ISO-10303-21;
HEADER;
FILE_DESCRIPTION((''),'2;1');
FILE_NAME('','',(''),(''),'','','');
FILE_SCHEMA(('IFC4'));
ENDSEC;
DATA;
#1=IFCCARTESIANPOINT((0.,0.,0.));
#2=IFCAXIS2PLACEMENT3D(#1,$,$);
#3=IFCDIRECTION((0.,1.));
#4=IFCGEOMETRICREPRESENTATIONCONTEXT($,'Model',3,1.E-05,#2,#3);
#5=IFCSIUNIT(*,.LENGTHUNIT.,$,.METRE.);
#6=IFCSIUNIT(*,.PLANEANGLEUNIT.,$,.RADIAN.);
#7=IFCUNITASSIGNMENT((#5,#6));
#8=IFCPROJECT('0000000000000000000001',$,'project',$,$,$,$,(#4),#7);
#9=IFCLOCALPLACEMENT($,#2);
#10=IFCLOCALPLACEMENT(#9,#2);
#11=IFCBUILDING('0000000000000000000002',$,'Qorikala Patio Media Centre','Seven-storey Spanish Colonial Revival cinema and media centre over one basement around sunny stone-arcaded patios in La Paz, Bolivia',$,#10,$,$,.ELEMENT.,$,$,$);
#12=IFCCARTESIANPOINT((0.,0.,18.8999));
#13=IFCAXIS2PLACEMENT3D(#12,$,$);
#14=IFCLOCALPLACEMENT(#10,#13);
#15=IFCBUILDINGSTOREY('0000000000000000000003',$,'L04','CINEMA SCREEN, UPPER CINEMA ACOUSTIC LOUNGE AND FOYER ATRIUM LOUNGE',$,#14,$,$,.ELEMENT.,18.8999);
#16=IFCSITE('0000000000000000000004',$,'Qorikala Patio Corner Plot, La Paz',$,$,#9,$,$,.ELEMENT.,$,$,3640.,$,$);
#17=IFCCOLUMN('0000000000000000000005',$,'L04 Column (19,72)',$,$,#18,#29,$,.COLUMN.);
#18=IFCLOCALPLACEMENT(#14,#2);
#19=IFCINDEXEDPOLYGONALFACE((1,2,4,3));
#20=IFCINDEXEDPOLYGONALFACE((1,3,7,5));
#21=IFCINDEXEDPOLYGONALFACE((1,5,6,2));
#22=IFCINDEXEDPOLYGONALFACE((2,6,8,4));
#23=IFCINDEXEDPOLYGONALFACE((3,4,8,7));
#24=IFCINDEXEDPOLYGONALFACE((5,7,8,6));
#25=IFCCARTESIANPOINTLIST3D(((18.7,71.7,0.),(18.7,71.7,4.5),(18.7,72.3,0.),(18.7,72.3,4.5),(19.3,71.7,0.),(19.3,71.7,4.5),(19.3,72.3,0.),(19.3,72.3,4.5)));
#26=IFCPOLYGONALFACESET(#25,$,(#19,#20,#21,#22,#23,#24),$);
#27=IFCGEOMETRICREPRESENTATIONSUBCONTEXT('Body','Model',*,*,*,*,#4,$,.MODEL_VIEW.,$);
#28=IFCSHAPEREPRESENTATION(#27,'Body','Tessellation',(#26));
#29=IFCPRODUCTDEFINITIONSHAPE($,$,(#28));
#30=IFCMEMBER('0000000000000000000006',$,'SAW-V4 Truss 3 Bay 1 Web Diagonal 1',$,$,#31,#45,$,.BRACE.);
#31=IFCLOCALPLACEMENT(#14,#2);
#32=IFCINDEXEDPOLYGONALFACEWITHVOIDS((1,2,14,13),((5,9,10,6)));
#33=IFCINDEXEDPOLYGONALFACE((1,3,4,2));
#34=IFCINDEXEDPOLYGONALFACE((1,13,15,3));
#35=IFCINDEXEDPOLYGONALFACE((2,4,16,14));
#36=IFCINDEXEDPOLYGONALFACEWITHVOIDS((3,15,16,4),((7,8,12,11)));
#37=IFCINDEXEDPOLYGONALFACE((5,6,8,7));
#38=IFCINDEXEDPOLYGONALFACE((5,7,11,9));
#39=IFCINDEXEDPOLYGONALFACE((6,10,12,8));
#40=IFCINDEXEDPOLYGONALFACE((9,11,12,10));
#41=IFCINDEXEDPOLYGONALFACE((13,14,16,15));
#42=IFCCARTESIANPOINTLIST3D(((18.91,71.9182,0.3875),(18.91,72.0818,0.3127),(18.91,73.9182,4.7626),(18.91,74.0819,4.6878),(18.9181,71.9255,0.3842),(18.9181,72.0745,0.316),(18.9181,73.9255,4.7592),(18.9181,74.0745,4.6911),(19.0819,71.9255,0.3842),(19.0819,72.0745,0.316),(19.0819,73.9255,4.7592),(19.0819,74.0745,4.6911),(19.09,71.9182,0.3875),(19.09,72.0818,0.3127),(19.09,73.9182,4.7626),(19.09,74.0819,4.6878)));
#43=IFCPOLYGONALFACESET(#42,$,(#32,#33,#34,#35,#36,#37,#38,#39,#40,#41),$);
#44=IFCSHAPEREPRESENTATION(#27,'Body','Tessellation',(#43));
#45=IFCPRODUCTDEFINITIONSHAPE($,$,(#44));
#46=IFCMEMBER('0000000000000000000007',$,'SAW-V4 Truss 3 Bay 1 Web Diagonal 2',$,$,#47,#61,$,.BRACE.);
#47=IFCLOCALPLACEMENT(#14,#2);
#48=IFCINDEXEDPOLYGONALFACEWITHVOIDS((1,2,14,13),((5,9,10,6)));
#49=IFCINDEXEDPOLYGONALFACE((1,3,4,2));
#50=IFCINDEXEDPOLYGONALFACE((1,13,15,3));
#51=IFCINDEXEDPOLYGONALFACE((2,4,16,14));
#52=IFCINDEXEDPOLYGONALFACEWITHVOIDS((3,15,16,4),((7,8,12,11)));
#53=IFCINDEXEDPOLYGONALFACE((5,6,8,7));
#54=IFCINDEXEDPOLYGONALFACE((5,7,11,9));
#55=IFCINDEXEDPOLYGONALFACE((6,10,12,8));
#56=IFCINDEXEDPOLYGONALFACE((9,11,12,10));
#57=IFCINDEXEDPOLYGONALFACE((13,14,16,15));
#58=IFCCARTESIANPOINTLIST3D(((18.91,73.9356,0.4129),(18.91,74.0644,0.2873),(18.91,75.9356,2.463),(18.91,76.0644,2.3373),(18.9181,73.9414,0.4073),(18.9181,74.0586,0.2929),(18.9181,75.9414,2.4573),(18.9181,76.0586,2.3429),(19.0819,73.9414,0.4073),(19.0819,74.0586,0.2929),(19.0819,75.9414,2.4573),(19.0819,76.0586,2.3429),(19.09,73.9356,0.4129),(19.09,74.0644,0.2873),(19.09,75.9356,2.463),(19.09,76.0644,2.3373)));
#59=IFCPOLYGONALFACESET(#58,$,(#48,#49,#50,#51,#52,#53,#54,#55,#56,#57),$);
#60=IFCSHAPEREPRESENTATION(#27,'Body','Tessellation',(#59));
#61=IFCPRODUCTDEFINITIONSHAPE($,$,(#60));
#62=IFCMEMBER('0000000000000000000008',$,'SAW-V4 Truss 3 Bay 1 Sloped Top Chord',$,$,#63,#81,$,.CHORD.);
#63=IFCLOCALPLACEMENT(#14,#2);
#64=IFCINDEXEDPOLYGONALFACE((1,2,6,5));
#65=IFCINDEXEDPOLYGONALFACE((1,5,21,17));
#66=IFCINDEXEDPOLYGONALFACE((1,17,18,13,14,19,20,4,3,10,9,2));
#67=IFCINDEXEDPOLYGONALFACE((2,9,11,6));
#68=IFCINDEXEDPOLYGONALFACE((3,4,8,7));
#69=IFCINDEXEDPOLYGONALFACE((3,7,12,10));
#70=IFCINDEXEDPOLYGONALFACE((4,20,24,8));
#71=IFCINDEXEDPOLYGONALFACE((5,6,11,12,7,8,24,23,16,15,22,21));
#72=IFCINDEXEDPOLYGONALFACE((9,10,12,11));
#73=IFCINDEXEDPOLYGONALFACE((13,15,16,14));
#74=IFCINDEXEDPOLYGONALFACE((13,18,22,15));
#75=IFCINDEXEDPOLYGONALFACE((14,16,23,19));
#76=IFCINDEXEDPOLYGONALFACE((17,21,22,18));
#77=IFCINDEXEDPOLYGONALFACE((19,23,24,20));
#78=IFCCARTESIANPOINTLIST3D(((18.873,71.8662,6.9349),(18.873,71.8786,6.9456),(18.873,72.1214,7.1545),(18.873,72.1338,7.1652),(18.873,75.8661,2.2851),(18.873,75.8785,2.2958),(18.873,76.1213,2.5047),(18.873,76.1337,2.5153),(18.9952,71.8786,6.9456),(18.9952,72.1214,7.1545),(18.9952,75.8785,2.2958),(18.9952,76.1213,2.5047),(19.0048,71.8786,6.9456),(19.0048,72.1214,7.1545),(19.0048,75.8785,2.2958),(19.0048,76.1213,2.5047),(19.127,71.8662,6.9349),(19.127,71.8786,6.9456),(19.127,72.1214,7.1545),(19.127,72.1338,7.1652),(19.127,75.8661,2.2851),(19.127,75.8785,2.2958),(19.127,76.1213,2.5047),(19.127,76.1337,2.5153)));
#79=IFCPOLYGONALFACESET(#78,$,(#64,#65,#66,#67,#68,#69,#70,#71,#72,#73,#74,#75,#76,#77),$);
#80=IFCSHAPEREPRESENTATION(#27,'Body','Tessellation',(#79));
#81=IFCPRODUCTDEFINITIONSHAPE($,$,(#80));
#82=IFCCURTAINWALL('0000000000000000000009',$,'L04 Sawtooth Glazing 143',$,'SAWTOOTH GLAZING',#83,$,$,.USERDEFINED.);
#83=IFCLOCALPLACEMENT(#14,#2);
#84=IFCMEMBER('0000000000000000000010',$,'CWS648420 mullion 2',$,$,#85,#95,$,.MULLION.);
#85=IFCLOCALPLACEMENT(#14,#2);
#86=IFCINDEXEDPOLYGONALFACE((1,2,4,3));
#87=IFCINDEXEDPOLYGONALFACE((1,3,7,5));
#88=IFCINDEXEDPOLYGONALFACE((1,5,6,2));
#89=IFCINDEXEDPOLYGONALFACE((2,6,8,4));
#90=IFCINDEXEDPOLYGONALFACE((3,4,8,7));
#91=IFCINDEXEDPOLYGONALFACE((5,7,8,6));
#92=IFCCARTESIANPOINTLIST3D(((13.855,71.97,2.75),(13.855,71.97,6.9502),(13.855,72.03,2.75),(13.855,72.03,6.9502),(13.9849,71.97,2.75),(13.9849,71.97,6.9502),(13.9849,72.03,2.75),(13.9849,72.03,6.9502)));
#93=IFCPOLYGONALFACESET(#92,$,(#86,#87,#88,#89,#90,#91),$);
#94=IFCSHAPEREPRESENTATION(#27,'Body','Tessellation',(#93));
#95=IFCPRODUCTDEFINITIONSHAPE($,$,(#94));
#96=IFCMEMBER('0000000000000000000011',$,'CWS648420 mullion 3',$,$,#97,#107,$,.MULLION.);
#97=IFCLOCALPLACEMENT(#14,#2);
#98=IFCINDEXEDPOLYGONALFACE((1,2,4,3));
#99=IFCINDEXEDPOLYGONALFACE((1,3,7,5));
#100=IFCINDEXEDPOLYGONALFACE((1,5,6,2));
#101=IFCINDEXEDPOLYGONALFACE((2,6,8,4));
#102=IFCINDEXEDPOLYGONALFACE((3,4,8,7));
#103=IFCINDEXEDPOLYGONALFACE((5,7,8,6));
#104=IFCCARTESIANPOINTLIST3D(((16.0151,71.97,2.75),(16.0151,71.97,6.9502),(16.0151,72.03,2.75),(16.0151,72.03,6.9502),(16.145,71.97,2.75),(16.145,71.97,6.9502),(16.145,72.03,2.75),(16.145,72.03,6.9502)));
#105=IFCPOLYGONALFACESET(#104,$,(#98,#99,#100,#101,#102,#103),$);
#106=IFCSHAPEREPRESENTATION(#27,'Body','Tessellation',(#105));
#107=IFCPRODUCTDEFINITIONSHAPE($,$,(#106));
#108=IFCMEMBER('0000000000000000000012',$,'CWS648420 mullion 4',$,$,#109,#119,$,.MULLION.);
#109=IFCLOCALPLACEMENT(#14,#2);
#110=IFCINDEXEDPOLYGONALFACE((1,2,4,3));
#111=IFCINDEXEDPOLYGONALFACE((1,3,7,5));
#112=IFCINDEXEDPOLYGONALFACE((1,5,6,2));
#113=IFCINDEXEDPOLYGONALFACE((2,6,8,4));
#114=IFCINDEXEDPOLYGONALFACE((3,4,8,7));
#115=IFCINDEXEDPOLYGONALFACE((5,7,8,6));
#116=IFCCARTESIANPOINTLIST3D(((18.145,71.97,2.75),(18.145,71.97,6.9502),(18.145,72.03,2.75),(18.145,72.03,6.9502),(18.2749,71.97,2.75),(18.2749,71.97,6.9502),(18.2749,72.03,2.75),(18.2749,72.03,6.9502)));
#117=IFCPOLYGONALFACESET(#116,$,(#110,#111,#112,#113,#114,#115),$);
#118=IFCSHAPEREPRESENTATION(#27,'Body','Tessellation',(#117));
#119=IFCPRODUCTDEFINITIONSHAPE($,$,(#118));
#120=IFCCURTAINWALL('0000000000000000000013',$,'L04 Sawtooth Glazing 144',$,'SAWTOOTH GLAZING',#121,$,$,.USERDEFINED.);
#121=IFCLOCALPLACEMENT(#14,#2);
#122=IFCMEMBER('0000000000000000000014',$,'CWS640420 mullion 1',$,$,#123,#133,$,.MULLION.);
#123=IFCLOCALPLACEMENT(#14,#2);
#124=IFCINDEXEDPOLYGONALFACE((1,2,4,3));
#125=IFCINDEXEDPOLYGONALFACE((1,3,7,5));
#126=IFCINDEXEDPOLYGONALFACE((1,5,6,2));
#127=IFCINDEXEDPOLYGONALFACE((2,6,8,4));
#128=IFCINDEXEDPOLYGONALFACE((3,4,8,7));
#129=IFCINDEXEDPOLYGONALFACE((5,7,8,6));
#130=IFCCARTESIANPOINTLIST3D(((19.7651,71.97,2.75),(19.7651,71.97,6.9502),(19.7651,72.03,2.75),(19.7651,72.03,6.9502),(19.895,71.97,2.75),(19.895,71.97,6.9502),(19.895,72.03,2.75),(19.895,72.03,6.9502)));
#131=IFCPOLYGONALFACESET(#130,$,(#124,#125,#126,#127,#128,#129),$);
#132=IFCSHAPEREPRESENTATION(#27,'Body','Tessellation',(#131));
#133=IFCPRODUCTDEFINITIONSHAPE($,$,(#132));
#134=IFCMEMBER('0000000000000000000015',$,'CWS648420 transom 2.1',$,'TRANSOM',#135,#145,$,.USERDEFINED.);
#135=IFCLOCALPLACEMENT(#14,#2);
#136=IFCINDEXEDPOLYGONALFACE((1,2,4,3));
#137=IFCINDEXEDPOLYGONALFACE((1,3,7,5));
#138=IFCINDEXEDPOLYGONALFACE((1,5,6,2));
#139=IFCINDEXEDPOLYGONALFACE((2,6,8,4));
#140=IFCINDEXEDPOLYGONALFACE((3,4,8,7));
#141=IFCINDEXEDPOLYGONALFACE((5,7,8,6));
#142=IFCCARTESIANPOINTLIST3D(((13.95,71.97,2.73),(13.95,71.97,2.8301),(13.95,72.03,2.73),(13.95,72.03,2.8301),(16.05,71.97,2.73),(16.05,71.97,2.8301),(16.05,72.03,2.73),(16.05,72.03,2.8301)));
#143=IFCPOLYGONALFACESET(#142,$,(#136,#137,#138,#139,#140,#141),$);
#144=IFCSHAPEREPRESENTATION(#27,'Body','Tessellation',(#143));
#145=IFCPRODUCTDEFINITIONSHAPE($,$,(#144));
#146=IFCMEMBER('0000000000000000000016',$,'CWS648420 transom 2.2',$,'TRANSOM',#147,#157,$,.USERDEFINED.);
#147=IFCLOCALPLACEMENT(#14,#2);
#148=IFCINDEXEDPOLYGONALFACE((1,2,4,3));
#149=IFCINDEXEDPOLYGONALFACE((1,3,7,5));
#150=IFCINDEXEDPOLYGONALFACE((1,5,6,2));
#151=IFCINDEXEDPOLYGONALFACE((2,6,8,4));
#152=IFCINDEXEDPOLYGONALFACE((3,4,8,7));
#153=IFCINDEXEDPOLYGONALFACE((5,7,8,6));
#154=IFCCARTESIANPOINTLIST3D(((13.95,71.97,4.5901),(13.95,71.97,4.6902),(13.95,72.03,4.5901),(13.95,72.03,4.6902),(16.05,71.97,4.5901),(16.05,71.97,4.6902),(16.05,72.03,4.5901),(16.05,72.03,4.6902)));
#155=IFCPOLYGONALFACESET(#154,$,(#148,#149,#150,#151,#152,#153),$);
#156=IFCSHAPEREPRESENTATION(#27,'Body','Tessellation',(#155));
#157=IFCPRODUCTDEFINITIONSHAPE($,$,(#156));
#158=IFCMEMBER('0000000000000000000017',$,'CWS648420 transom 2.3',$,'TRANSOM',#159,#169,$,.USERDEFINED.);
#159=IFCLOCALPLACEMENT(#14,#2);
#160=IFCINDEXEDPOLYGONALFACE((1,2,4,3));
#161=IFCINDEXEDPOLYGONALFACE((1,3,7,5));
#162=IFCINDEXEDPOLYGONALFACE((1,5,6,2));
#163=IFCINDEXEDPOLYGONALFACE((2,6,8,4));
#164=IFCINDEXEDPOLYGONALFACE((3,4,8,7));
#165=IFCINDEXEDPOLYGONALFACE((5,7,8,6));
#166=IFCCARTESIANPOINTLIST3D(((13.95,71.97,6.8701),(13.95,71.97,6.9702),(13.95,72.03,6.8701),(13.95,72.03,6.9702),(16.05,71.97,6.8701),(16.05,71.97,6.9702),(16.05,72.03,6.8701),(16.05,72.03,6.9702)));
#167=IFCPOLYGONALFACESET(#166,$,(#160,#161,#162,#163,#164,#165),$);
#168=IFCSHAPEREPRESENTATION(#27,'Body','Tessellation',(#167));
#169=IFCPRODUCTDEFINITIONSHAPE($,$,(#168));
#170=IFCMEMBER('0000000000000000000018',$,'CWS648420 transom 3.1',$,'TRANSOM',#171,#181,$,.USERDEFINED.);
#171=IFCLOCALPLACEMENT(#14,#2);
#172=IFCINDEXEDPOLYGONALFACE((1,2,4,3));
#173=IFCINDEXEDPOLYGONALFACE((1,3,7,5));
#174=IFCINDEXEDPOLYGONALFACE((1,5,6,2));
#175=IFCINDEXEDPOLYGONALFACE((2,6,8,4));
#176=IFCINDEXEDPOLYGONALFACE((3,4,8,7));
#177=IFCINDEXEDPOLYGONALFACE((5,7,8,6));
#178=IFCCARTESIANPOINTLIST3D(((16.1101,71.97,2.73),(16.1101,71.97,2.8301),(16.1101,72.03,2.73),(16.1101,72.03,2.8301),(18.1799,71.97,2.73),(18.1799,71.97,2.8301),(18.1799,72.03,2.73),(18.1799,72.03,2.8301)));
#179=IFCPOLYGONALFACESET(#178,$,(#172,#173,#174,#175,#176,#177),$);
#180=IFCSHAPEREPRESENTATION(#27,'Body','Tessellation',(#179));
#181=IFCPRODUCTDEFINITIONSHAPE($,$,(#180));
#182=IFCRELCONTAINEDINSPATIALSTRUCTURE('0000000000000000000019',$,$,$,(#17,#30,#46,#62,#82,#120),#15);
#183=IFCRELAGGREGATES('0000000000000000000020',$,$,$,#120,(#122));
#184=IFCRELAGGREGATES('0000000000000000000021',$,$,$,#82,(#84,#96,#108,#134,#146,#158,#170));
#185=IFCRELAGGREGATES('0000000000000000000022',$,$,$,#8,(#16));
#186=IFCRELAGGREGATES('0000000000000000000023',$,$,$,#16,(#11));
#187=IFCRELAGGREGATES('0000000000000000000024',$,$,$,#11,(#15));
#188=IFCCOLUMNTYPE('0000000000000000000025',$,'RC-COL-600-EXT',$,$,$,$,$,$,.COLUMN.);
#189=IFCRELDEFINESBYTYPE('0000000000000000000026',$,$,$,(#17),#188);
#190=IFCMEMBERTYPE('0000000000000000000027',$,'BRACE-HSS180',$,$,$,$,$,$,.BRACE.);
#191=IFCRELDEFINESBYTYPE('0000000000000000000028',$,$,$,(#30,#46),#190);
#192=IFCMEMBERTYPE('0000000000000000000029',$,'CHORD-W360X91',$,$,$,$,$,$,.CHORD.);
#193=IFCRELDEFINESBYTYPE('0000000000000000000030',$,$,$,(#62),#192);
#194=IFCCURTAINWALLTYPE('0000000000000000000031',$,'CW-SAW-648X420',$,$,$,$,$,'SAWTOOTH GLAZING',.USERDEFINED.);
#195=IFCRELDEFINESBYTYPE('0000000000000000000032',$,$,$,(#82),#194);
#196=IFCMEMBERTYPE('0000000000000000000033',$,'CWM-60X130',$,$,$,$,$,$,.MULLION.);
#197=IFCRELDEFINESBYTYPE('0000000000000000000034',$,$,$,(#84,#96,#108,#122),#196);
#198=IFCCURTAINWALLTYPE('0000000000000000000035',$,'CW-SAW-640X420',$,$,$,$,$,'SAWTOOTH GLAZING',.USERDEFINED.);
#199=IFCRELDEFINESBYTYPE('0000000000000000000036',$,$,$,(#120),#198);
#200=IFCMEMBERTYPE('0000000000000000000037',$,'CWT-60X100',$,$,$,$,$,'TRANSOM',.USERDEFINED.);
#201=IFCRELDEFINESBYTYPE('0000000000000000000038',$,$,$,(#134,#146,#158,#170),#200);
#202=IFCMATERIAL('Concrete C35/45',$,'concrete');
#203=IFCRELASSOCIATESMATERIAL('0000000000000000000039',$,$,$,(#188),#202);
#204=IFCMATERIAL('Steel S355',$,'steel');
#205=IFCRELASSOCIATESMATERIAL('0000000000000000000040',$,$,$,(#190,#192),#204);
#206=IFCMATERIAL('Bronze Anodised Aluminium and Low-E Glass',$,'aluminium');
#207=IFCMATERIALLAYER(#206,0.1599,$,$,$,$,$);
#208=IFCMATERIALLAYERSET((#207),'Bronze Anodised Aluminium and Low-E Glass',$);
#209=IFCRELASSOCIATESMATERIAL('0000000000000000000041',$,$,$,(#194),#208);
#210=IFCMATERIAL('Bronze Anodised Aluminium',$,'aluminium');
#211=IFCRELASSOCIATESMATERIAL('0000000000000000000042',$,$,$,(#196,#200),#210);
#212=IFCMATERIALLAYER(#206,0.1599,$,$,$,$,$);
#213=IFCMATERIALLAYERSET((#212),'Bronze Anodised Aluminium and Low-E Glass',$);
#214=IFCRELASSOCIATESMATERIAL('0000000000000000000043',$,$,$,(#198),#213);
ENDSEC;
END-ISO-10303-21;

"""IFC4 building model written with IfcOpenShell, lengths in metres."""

from ifc_helpers import new_model, si_unit, direction, frame, origin, origin_2d, place, context, subcontext, project, spatial, rectangle, hollow_rectangle, i_section, extrude, material, layer, layer_set, material_profile, profile_set, type_object, element, aggregate, save


model = new_model("IFC4")

# Units and contexts
model_context = context("Model", 3, precision=1e-05, world=origin(), true_north=direction((0.0, 1.0)))
body_context = subcontext(model_context, "Body", "Model", "MODEL_VIEW")
ifc_project = project(units=[si_unit("LENGTHUNIT", "METRE"), si_unit("PLANEANGLEUNIT", "RADIAN")], contexts=[model_context])

# Site, building, storey
site_placement = place(None, origin())
site = spatial("IfcSite", under=ifc_project, at=site_placement, Name="Qorikala Patio Corner Plot, La Paz", CompositionType="ELEMENT", RefElevation=3640.0)
building_placement = place(site_placement, origin())
building = spatial("IfcBuilding", under=site, at=building_placement, Name="Qorikala Patio Media Centre", Description="Seven-storey Spanish Colonial Revival cinema and media centre over one basement around sunny stone-arcaded patios in La Paz, Bolivia", CompositionType="ELEMENT")
storey_placement = place(building_placement, frame((0.0, 0.0, 18.8999)))
storey = spatial("IfcBuildingStorey", under=building, at=storey_placement, Name="L04", Description="CINEMA SCREEN, UPPER CINEMA ACOUSTIC LOUNGE AND FOYER ATRIUM LOUNGE", CompositionType="ELEMENT", Elevation=18.8999)

# Column
ifc_material_1 = material(Name="Concrete C35/45", Category="concrete")
ifc_material_profile_1 = material_profile(ifc_material_1, rectangle(XDim=0.6001, YDim=0.6001, at=origin_2d()), Name="RC 600x600")
ifc_profile_set_1 = profile_set([ifc_material_profile_1], Name="Concrete C35/45")
column_type = type_object("IfcColumnType", Name="RC-COL-600-EXT", PredefinedType="COLUMN", material=ifc_profile_set_1)
column_placement = place(storey_placement, frame((19.0, 72.0, 0.0), z_axis=(0.0, 0.0, 1.0), x_axis=(1.0, 0.0, 0.0)))
element("IfcColumn", 1, at=column_placement, inside=storey, type_object=column_type, Name="L04 Column (19,72)", PredefinedType="COLUMN", context=body_context, shape_type="SweptSolid", body=[
    extrude(rectangle(XDim=0.6001, YDim=0.6001, at=origin_2d()), origin(), (0.0, 0.0, 1.0), 4.5),
])

# Members
ifc_material_2 = material(Name="Steel S355", Category="steel")
ifc_material_profile_2 = material_profile(ifc_material_2, hollow_rectangle(XDim=0.1799, YDim=0.1799, WallThickness=0.0081, at=origin_2d()), Name="HSS180X180X8")
ifc_profile_set_2 = profile_set([ifc_material_profile_2], Name="Steel S355")
member_type_1 = type_object("IfcMemberType", Name="BRACE-HSS180", PredefinedType="BRACE", material=ifc_profile_set_2)
member_1_placement = place(storey_placement, frame((19.0, 72.0, 0.3501), z_axis=(0.0, 0.41576, 0.909474), x_axis=(-1.0, 0.0, 0.0)))
element("IfcMember", 2, at=member_1_placement, inside=storey, type_object=member_type_1, Name="SAW-V4 Truss 3 Bay 1 Web Diagonal 1", PredefinedType="BRACE", context=body_context, shape_type="SweptSolid", body=[
    extrude(hollow_rectangle(XDim=0.1799, YDim=0.1799, WallThickness=0.0081, at=origin_2d()), origin(), (0.0, 0.0, 1.0), 4.8105),
])
member_2_placement = place(storey_placement, frame((19.0, 74.0, 0.3501), z_axis=(0.0, 0.698315, 0.71579), x_axis=(-1.0, 0.0, 0.0)))
element("IfcMember", 3, at=member_2_placement, inside=storey, type_object=member_type_1, Name="SAW-V4 Truss 3 Bay 1 Web Diagonal 2", PredefinedType="BRACE", context=body_context, shape_type="SweptSolid", body=[
    extrude(hollow_rectangle(XDim=0.1799, YDim=0.1799, WallThickness=0.0081, at=origin_2d()), origin(), (0.0, 0.0, 1.0), 2.864),
])
ifc_material_profile_3 = material_profile(ifc_material_2, i_section(OverallWidth=0.2539, OverallDepth=0.353, WebThickness=0.0095, FlangeThickness=0.0164, at=origin_2d()), Name="W360X91")
ifc_profile_set_3 = profile_set([ifc_material_profile_3], Name="Steel S355")
member_type_2 = type_object("IfcMemberType", Name="CHORD-W360X91", PredefinedType="CHORD", material=ifc_profile_set_3)
member_3_placement = place(storey_placement, frame((19.0, 72.0, 7.05), z_axis=(0.0, 0.652141, -0.758098), x_axis=(-1.0, 0.0, 0.0)))
element("IfcMember", 4, at=member_3_placement, inside=storey, type_object=member_type_2, Name="SAW-V4 Truss 3 Bay 1 Sloped Top Chord", PredefinedType="CHORD", context=body_context, shape_type="SweptSolid", body=[
    extrude(i_section(OverallWidth=0.2539, OverallDepth=0.353, WebThickness=0.0095, FlangeThickness=0.0164, at=origin_2d()), origin(), (0.0, 0.0, 1.0), 6.1335),
])

# Curtain wall, members
ifc_material_3 = material(Name="Bronze Anodised Aluminium and Low-E Glass", Category="aluminium")
ifc_layer_1 = layer(ifc_material_3, 0.1599)
ifc_layer_set_1 = layer_set([ifc_layer_1], Name="Bronze Anodised Aluminium and Low-E Glass")
curtain_wall_type_1 = type_object("IfcCurtainWallType", Name="CW-SAW-648X420", ElementType="SAWTOOTH GLAZING", PredefinedType="USERDEFINED", material=ifc_layer_set_1)
curtain_wall_1_placement = place(storey_placement, origin())
curtain_wall_1 = element("IfcCurtainWall", 5, at=curtain_wall_1_placement, inside=storey, type_object=curtain_wall_type_1, Name="L04 Sawtooth Glazing 143", ObjectType="SAWTOOTH GLAZING", PredefinedType="USERDEFINED")
ifc_material_4 = material(Name="Bronze Anodised Aluminium", Category="aluminium")
ifc_material_profile_4 = material_profile(ifc_material_4, rectangle(XDim=0.0601, YDim=0.1299, at=origin_2d()), Name="ALU MULLION 60x130")
ifc_profile_set_4 = profile_set([ifc_material_profile_4], Name="Bronze Anodised Aluminium")
member_type_3 = type_object("IfcMemberType", Name="CWM-60X130", PredefinedType="MULLION", material=ifc_profile_set_4)
member_4_placement = place(storey_placement, frame((13.9199, 72.0, 2.75), z_axis=(0.0, 0.0, 1.0), x_axis=(0.0, 1.0, 0.0)))
member_4 = element("IfcMember", 6, at=member_4_placement, type_object=member_type_3, Name="CWS648420 mullion 2", PredefinedType="MULLION", context=body_context, shape_type="SweptSolid", body=[
    extrude(rectangle(XDim=0.0601, YDim=0.1299, at=origin_2d()), origin(), (0.0, 0.0, 1.0), 4.2002),
])
member_5_placement = place(storey_placement, frame((16.0801, 72.0, 2.75), z_axis=(0.0, 0.0, 1.0), x_axis=(0.0, 1.0, 0.0)))
member_5 = element("IfcMember", 7, at=member_5_placement, type_object=member_type_3, Name="CWS648420 mullion 3", PredefinedType="MULLION", context=body_context, shape_type="SweptSolid", body=[
    extrude(rectangle(XDim=0.0601, YDim=0.1299, at=origin_2d()), origin(), (0.0, 0.0, 1.0), 4.2002),
])
member_6_placement = place(storey_placement, frame((18.21, 72.0, 2.75), z_axis=(0.0, 0.0, 1.0), x_axis=(0.0, 1.0, 0.0)))
member_6 = element("IfcMember", 8, at=member_6_placement, type_object=member_type_3, Name="CWS648420 mullion 4", PredefinedType="MULLION", context=body_context, shape_type="SweptSolid", body=[
    extrude(rectangle(XDim=0.0601, YDim=0.1299, at=origin_2d()), origin(), (0.0, 0.0, 1.0), 4.2002),
])

# Curtain wall, member
ifc_layer_2 = layer(ifc_material_3, 0.1599)
ifc_layer_set_2 = layer_set([ifc_layer_2], Name="Bronze Anodised Aluminium and Low-E Glass")
curtain_wall_type_2 = type_object("IfcCurtainWallType", Name="CW-SAW-640X420", ElementType="SAWTOOTH GLAZING", PredefinedType="USERDEFINED", material=ifc_layer_set_2)
curtain_wall_2_placement = place(storey_placement, origin())
curtain_wall_2 = element("IfcCurtainWall", 9, at=curtain_wall_2_placement, inside=storey, type_object=curtain_wall_type_2, Name="L04 Sawtooth Glazing 144", ObjectType="SAWTOOTH GLAZING", PredefinedType="USERDEFINED")
member_7_placement = place(storey_placement, frame((19.8301, 72.0, 2.75), z_axis=(0.0, 0.0, 1.0), x_axis=(0.0, 1.0, 0.0)))
member_7 = element("IfcMember", 10, at=member_7_placement, type_object=member_type_3, Name="CWS640420 mullion 1", PredefinedType="MULLION", context=body_context, shape_type="SweptSolid", body=[
    extrude(rectangle(XDim=0.0601, YDim=0.1299, at=origin_2d()), origin(), (0.0, 0.0, 1.0), 4.2002),
])
aggregate(curtain_wall_2, [member_7])

# Members
ifc_material_profile_5 = material_profile(ifc_material_4, rectangle(XDim=0.0601, YDim=0.1001, at=origin_2d()), Name="ALU TRANSOM 60x100")
ifc_profile_set_5 = profile_set([ifc_material_profile_5], Name="Bronze Anodised Aluminium")
member_type_4 = type_object("IfcMemberType", Name="CWT-60X100", ElementType="TRANSOM", PredefinedType="USERDEFINED", material=ifc_profile_set_5)
member_8_placement = place(storey_placement, frame((13.95, 72.0, 2.78), z_axis=(1.0, 0.0, 0.0), x_axis=(0.0, 1.0, 0.0)))
member_8 = element("IfcMember", 11, at=member_8_placement, type_object=member_type_4, Name="CWS648420 transom 2.1", ObjectType="TRANSOM", PredefinedType="USERDEFINED", context=body_context, shape_type="SweptSolid", body=[
    extrude(rectangle(XDim=0.0601, YDim=0.1001, at=origin_2d()), origin(), (0.0, 0.0, 1.0), 2.1001),
])
member_9_placement = place(storey_placement, frame((13.95, 72.0, 4.6401), z_axis=(1.0, 0.0, 0.0), x_axis=(0.0, 1.0, 0.0)))
member_9 = element("IfcMember", 12, at=member_9_placement, type_object=member_type_4, Name="CWS648420 transom 2.2", ObjectType="TRANSOM", PredefinedType="USERDEFINED", context=body_context, shape_type="SweptSolid", body=[
    extrude(rectangle(XDim=0.0601, YDim=0.1001, at=origin_2d()), origin(), (0.0, 0.0, 1.0), 2.1001),
])
member_10_placement = place(storey_placement, frame((13.95, 72.0, 6.9202), z_axis=(1.0, 0.0, 0.0), x_axis=(0.0, 1.0, 0.0)))
member_10 = element("IfcMember", 13, at=member_10_placement, type_object=member_type_4, Name="CWS648420 transom 2.3", ObjectType="TRANSOM", PredefinedType="USERDEFINED", context=body_context, shape_type="SweptSolid", body=[
    extrude(rectangle(XDim=0.0601, YDim=0.1001, at=origin_2d()), origin(), (0.0, 0.0, 1.0), 2.1001),
])
member_11_placement = place(storey_placement, frame((16.1101, 72.0, 2.78), z_axis=(1.0, 0.0, 0.0), x_axis=(0.0, 1.0, 0.0)))
member_11 = element("IfcMember", 14, at=member_11_placement, type_object=member_type_4, Name="CWS648420 transom 3.1", ObjectType="TRANSOM", PredefinedType="USERDEFINED", context=body_context, shape_type="SweptSolid", body=[
    extrude(rectangle(XDim=0.0601, YDim=0.1001, at=origin_2d()), origin(), (0.0, 0.0, 1.0), 2.0698),
])

aggregate(curtain_wall_1, [member_4, member_5, member_6, member_8, member_9, member_10, member_11])

save(model, "model.ifc")
